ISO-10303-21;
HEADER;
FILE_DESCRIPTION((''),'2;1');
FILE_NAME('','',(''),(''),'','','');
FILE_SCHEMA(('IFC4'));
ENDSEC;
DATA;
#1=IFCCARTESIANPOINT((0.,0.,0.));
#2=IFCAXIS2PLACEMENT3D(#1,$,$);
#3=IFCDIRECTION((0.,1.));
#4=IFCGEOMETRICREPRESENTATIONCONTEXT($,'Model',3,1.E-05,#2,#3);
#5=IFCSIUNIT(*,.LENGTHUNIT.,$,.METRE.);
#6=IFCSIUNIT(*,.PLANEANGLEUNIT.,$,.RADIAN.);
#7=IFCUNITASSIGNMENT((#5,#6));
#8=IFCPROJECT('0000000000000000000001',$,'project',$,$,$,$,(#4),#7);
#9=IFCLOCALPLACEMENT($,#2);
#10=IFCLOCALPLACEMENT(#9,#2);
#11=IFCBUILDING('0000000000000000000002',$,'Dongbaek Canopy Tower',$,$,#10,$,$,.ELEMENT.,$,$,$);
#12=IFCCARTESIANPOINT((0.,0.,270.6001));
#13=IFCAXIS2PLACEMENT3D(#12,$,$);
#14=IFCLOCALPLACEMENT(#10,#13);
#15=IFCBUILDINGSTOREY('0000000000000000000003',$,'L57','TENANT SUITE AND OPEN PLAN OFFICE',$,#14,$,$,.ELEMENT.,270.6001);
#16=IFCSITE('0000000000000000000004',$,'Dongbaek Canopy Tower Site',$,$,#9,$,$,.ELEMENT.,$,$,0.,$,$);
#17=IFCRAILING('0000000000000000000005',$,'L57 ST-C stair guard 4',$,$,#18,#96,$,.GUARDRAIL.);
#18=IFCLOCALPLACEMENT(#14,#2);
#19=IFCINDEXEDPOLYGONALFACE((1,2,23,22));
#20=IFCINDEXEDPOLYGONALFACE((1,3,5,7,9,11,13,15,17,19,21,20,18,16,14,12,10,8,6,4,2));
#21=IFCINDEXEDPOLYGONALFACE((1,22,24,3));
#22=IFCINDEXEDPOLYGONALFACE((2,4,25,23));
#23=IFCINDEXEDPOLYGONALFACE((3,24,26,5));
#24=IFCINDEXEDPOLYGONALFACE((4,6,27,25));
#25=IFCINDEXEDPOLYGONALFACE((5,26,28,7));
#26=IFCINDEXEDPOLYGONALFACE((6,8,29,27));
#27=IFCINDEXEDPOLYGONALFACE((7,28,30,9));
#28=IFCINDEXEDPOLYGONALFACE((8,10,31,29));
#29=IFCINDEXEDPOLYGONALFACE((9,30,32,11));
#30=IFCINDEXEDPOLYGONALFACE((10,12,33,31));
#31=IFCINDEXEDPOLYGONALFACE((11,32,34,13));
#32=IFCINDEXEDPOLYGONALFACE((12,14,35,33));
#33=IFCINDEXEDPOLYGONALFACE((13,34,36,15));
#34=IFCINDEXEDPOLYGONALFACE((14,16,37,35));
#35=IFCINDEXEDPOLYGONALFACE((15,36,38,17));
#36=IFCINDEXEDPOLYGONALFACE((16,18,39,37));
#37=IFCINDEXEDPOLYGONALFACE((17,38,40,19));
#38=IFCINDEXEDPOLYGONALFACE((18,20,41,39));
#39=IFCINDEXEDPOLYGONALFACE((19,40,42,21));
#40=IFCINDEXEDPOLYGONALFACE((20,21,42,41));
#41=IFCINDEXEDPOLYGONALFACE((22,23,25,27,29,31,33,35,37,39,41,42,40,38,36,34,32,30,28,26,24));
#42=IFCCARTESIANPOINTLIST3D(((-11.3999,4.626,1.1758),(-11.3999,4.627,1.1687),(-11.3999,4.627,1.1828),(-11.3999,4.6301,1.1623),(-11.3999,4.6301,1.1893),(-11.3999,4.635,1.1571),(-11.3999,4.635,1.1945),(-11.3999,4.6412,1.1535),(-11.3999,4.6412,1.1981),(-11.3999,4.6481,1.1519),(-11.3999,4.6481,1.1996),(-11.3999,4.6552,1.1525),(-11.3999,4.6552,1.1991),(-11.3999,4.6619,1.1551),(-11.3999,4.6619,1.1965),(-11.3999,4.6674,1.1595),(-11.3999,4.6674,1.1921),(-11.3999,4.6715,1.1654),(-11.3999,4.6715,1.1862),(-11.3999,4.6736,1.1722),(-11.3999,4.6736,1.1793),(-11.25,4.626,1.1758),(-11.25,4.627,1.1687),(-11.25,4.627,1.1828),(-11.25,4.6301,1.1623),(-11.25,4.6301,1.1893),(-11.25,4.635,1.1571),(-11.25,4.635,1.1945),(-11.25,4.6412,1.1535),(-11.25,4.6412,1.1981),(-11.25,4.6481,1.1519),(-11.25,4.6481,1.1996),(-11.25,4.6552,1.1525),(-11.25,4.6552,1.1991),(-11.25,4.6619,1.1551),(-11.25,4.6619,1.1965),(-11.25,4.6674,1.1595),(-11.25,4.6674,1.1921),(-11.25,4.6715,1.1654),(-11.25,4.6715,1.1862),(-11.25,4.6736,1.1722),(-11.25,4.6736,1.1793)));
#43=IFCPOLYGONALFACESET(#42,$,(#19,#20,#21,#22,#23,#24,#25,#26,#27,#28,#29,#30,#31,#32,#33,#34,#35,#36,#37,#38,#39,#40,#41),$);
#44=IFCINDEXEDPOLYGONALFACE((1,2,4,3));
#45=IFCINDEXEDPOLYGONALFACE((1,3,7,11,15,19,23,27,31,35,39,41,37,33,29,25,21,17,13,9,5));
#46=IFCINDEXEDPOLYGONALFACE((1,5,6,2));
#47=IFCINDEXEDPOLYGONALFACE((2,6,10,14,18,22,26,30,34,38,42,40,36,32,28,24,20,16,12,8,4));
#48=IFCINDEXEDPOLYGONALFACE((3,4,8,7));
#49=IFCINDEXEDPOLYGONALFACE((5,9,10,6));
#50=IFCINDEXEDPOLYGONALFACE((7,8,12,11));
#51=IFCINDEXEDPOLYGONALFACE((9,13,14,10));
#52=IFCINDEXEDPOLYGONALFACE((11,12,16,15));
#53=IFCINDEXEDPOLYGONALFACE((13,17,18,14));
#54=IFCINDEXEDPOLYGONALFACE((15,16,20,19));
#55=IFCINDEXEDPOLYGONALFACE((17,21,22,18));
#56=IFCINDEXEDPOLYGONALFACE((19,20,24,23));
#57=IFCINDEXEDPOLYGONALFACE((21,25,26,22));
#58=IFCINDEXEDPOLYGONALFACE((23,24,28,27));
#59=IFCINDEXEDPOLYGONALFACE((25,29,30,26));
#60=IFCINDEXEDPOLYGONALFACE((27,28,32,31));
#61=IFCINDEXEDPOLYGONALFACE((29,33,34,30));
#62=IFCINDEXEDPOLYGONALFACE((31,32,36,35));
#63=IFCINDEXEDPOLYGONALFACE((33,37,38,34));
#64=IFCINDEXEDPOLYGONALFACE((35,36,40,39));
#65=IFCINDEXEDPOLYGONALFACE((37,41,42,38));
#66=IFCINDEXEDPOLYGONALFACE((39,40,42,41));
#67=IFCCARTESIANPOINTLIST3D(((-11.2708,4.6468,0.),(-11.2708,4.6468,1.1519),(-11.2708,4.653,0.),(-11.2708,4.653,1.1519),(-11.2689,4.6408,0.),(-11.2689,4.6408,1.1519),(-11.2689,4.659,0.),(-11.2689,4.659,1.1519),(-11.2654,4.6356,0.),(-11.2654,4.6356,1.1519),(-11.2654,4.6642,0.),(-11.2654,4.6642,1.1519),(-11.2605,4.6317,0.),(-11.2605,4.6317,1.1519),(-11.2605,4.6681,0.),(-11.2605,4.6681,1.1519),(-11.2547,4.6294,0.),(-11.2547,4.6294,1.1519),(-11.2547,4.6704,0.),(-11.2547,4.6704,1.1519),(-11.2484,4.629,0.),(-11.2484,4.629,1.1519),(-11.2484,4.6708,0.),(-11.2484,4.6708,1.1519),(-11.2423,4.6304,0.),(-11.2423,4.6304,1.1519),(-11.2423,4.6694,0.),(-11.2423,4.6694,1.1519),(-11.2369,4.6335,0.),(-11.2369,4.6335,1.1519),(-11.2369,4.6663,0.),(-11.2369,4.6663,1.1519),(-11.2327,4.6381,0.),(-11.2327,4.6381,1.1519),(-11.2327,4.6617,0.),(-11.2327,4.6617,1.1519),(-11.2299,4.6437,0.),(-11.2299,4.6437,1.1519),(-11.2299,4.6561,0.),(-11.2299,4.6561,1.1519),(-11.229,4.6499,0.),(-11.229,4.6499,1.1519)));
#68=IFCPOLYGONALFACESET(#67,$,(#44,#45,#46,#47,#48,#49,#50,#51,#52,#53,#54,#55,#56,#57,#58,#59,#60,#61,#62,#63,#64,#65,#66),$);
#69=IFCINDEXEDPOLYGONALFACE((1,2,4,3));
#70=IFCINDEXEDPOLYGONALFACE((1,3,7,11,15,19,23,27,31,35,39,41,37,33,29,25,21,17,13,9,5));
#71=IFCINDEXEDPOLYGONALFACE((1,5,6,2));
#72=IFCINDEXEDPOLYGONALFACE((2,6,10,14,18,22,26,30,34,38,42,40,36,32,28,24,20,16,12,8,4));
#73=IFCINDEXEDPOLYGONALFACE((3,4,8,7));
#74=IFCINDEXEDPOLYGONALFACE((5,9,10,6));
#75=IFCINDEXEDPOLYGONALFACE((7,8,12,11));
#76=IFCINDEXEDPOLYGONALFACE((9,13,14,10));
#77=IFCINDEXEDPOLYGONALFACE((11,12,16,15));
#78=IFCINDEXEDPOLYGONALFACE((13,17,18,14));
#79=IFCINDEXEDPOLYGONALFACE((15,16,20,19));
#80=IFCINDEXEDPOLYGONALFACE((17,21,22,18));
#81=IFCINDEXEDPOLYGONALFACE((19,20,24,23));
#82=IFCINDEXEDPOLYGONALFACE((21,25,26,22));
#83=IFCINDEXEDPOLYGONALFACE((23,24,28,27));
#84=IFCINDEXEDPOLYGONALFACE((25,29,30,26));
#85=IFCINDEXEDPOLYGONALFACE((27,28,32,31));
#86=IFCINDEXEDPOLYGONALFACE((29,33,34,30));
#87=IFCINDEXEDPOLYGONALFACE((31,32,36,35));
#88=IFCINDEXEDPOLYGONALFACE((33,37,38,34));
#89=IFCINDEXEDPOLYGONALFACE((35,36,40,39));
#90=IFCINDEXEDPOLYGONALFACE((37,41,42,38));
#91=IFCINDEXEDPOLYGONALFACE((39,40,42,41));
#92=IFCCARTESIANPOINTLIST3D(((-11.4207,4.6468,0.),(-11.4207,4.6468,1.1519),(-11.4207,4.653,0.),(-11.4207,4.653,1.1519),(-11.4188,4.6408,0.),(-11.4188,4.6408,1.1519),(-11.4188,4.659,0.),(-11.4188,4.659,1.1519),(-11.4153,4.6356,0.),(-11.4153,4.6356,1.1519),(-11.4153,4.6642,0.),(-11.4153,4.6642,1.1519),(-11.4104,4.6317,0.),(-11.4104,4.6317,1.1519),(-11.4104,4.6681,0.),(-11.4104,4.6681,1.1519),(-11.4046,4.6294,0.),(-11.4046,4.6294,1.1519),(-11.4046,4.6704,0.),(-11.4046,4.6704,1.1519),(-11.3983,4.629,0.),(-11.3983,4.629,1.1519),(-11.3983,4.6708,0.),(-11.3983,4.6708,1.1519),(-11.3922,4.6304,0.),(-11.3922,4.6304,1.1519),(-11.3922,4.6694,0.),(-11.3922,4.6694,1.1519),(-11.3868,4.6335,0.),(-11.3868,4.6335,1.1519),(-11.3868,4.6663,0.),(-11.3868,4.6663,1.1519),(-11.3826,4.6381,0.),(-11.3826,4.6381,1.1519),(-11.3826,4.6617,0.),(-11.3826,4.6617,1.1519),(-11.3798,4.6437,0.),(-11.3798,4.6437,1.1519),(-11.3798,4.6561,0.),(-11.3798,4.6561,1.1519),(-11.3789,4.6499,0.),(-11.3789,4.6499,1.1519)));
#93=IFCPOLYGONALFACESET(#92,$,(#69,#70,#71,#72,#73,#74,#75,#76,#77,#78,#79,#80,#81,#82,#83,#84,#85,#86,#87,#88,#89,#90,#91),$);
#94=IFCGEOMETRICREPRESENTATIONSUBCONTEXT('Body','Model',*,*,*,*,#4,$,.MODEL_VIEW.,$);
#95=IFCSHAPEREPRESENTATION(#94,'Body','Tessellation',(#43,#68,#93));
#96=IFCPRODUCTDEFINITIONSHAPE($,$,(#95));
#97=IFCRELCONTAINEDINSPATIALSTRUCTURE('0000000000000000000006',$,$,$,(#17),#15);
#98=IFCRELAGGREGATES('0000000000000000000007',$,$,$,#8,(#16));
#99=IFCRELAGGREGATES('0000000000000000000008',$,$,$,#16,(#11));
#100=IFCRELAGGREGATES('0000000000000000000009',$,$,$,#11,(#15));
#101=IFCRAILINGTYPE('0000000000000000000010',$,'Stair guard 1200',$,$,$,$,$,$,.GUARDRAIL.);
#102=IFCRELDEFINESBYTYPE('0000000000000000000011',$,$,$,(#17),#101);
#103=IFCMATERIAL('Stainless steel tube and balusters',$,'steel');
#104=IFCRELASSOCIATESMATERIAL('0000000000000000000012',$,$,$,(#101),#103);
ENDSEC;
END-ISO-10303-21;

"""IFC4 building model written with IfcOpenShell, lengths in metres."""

from ifc_helpers import new_model, si_unit, direction, frame, origin, origin_2d, place, context, subcontext, project, spatial, circle, extrude, material, type_object, element, save


model = new_model("IFC4")

# Units and contexts
model_context = context("Model", 3, precision=1e-05, world=origin(), true_north=direction((0.0, 1.0)))
body_context = subcontext(model_context, "Body", "Model", "MODEL_VIEW")
ifc_project = project(units=[si_unit("LENGTHUNIT", "METRE"), si_unit("PLANEANGLEUNIT", "RADIAN")], contexts=[model_context])

# Site, building, storey
site_placement = place(None, origin())
site = spatial("IfcSite", under=ifc_project, at=site_placement, Name="Dongbaek Canopy Tower Site", CompositionType="ELEMENT", RefElevation=0.0)
building_placement = place(site_placement, origin())
building = spatial("IfcBuilding", under=site, at=building_placement, Name="Dongbaek Canopy Tower", CompositionType="ELEMENT")
storey_placement = place(building_placement, frame((0.0, 0.0, 270.6001)))
storey = spatial("IfcBuildingStorey", under=building, at=storey_placement, Name="L57", Description="TENANT SUITE AND OPEN PLAN OFFICE", CompositionType="ELEMENT", Elevation=270.6001)

# Railing
ifc_material_1 = material(Name="Stainless steel tube and balusters", Category="steel")
railing_type_1 = type_object("IfcRailingType", Name="Stair guard 1200", PredefinedType="GUARDRAIL", material=ifc_material_1)
railing_1_placement = place(storey_placement, frame((-11.25, 4.6499, 0.0)))
element("IfcRailing", 1, at=railing_1_placement, inside=storey, type_object=railing_type_1, Name="L57 ST-C stair guard 4", PredefinedType="GUARDRAIL", context=body_context, shape_type="SweptSolid", body=[
    extrude(circle(Radius=0.0239, at=origin_2d()), frame((0.0, 0.0, 1.1758), z_axis=(-1.0, 0.0, 0.0), x_axis=(0.0, -1.0, 0.0)), (0.0, 0.0, 1.0), 0.1499),
    extrude(circle(Radius=0.021, at=origin_2d()), origin(), (0.0, 0.0, 1.0), 1.1519),
    extrude(circle(Radius=0.021, at=origin_2d()), frame((-0.1499, 0.0, 0.0)), (0.0, 0.0, 1.0), 1.1519),
])

save(model, "model.ifc")
